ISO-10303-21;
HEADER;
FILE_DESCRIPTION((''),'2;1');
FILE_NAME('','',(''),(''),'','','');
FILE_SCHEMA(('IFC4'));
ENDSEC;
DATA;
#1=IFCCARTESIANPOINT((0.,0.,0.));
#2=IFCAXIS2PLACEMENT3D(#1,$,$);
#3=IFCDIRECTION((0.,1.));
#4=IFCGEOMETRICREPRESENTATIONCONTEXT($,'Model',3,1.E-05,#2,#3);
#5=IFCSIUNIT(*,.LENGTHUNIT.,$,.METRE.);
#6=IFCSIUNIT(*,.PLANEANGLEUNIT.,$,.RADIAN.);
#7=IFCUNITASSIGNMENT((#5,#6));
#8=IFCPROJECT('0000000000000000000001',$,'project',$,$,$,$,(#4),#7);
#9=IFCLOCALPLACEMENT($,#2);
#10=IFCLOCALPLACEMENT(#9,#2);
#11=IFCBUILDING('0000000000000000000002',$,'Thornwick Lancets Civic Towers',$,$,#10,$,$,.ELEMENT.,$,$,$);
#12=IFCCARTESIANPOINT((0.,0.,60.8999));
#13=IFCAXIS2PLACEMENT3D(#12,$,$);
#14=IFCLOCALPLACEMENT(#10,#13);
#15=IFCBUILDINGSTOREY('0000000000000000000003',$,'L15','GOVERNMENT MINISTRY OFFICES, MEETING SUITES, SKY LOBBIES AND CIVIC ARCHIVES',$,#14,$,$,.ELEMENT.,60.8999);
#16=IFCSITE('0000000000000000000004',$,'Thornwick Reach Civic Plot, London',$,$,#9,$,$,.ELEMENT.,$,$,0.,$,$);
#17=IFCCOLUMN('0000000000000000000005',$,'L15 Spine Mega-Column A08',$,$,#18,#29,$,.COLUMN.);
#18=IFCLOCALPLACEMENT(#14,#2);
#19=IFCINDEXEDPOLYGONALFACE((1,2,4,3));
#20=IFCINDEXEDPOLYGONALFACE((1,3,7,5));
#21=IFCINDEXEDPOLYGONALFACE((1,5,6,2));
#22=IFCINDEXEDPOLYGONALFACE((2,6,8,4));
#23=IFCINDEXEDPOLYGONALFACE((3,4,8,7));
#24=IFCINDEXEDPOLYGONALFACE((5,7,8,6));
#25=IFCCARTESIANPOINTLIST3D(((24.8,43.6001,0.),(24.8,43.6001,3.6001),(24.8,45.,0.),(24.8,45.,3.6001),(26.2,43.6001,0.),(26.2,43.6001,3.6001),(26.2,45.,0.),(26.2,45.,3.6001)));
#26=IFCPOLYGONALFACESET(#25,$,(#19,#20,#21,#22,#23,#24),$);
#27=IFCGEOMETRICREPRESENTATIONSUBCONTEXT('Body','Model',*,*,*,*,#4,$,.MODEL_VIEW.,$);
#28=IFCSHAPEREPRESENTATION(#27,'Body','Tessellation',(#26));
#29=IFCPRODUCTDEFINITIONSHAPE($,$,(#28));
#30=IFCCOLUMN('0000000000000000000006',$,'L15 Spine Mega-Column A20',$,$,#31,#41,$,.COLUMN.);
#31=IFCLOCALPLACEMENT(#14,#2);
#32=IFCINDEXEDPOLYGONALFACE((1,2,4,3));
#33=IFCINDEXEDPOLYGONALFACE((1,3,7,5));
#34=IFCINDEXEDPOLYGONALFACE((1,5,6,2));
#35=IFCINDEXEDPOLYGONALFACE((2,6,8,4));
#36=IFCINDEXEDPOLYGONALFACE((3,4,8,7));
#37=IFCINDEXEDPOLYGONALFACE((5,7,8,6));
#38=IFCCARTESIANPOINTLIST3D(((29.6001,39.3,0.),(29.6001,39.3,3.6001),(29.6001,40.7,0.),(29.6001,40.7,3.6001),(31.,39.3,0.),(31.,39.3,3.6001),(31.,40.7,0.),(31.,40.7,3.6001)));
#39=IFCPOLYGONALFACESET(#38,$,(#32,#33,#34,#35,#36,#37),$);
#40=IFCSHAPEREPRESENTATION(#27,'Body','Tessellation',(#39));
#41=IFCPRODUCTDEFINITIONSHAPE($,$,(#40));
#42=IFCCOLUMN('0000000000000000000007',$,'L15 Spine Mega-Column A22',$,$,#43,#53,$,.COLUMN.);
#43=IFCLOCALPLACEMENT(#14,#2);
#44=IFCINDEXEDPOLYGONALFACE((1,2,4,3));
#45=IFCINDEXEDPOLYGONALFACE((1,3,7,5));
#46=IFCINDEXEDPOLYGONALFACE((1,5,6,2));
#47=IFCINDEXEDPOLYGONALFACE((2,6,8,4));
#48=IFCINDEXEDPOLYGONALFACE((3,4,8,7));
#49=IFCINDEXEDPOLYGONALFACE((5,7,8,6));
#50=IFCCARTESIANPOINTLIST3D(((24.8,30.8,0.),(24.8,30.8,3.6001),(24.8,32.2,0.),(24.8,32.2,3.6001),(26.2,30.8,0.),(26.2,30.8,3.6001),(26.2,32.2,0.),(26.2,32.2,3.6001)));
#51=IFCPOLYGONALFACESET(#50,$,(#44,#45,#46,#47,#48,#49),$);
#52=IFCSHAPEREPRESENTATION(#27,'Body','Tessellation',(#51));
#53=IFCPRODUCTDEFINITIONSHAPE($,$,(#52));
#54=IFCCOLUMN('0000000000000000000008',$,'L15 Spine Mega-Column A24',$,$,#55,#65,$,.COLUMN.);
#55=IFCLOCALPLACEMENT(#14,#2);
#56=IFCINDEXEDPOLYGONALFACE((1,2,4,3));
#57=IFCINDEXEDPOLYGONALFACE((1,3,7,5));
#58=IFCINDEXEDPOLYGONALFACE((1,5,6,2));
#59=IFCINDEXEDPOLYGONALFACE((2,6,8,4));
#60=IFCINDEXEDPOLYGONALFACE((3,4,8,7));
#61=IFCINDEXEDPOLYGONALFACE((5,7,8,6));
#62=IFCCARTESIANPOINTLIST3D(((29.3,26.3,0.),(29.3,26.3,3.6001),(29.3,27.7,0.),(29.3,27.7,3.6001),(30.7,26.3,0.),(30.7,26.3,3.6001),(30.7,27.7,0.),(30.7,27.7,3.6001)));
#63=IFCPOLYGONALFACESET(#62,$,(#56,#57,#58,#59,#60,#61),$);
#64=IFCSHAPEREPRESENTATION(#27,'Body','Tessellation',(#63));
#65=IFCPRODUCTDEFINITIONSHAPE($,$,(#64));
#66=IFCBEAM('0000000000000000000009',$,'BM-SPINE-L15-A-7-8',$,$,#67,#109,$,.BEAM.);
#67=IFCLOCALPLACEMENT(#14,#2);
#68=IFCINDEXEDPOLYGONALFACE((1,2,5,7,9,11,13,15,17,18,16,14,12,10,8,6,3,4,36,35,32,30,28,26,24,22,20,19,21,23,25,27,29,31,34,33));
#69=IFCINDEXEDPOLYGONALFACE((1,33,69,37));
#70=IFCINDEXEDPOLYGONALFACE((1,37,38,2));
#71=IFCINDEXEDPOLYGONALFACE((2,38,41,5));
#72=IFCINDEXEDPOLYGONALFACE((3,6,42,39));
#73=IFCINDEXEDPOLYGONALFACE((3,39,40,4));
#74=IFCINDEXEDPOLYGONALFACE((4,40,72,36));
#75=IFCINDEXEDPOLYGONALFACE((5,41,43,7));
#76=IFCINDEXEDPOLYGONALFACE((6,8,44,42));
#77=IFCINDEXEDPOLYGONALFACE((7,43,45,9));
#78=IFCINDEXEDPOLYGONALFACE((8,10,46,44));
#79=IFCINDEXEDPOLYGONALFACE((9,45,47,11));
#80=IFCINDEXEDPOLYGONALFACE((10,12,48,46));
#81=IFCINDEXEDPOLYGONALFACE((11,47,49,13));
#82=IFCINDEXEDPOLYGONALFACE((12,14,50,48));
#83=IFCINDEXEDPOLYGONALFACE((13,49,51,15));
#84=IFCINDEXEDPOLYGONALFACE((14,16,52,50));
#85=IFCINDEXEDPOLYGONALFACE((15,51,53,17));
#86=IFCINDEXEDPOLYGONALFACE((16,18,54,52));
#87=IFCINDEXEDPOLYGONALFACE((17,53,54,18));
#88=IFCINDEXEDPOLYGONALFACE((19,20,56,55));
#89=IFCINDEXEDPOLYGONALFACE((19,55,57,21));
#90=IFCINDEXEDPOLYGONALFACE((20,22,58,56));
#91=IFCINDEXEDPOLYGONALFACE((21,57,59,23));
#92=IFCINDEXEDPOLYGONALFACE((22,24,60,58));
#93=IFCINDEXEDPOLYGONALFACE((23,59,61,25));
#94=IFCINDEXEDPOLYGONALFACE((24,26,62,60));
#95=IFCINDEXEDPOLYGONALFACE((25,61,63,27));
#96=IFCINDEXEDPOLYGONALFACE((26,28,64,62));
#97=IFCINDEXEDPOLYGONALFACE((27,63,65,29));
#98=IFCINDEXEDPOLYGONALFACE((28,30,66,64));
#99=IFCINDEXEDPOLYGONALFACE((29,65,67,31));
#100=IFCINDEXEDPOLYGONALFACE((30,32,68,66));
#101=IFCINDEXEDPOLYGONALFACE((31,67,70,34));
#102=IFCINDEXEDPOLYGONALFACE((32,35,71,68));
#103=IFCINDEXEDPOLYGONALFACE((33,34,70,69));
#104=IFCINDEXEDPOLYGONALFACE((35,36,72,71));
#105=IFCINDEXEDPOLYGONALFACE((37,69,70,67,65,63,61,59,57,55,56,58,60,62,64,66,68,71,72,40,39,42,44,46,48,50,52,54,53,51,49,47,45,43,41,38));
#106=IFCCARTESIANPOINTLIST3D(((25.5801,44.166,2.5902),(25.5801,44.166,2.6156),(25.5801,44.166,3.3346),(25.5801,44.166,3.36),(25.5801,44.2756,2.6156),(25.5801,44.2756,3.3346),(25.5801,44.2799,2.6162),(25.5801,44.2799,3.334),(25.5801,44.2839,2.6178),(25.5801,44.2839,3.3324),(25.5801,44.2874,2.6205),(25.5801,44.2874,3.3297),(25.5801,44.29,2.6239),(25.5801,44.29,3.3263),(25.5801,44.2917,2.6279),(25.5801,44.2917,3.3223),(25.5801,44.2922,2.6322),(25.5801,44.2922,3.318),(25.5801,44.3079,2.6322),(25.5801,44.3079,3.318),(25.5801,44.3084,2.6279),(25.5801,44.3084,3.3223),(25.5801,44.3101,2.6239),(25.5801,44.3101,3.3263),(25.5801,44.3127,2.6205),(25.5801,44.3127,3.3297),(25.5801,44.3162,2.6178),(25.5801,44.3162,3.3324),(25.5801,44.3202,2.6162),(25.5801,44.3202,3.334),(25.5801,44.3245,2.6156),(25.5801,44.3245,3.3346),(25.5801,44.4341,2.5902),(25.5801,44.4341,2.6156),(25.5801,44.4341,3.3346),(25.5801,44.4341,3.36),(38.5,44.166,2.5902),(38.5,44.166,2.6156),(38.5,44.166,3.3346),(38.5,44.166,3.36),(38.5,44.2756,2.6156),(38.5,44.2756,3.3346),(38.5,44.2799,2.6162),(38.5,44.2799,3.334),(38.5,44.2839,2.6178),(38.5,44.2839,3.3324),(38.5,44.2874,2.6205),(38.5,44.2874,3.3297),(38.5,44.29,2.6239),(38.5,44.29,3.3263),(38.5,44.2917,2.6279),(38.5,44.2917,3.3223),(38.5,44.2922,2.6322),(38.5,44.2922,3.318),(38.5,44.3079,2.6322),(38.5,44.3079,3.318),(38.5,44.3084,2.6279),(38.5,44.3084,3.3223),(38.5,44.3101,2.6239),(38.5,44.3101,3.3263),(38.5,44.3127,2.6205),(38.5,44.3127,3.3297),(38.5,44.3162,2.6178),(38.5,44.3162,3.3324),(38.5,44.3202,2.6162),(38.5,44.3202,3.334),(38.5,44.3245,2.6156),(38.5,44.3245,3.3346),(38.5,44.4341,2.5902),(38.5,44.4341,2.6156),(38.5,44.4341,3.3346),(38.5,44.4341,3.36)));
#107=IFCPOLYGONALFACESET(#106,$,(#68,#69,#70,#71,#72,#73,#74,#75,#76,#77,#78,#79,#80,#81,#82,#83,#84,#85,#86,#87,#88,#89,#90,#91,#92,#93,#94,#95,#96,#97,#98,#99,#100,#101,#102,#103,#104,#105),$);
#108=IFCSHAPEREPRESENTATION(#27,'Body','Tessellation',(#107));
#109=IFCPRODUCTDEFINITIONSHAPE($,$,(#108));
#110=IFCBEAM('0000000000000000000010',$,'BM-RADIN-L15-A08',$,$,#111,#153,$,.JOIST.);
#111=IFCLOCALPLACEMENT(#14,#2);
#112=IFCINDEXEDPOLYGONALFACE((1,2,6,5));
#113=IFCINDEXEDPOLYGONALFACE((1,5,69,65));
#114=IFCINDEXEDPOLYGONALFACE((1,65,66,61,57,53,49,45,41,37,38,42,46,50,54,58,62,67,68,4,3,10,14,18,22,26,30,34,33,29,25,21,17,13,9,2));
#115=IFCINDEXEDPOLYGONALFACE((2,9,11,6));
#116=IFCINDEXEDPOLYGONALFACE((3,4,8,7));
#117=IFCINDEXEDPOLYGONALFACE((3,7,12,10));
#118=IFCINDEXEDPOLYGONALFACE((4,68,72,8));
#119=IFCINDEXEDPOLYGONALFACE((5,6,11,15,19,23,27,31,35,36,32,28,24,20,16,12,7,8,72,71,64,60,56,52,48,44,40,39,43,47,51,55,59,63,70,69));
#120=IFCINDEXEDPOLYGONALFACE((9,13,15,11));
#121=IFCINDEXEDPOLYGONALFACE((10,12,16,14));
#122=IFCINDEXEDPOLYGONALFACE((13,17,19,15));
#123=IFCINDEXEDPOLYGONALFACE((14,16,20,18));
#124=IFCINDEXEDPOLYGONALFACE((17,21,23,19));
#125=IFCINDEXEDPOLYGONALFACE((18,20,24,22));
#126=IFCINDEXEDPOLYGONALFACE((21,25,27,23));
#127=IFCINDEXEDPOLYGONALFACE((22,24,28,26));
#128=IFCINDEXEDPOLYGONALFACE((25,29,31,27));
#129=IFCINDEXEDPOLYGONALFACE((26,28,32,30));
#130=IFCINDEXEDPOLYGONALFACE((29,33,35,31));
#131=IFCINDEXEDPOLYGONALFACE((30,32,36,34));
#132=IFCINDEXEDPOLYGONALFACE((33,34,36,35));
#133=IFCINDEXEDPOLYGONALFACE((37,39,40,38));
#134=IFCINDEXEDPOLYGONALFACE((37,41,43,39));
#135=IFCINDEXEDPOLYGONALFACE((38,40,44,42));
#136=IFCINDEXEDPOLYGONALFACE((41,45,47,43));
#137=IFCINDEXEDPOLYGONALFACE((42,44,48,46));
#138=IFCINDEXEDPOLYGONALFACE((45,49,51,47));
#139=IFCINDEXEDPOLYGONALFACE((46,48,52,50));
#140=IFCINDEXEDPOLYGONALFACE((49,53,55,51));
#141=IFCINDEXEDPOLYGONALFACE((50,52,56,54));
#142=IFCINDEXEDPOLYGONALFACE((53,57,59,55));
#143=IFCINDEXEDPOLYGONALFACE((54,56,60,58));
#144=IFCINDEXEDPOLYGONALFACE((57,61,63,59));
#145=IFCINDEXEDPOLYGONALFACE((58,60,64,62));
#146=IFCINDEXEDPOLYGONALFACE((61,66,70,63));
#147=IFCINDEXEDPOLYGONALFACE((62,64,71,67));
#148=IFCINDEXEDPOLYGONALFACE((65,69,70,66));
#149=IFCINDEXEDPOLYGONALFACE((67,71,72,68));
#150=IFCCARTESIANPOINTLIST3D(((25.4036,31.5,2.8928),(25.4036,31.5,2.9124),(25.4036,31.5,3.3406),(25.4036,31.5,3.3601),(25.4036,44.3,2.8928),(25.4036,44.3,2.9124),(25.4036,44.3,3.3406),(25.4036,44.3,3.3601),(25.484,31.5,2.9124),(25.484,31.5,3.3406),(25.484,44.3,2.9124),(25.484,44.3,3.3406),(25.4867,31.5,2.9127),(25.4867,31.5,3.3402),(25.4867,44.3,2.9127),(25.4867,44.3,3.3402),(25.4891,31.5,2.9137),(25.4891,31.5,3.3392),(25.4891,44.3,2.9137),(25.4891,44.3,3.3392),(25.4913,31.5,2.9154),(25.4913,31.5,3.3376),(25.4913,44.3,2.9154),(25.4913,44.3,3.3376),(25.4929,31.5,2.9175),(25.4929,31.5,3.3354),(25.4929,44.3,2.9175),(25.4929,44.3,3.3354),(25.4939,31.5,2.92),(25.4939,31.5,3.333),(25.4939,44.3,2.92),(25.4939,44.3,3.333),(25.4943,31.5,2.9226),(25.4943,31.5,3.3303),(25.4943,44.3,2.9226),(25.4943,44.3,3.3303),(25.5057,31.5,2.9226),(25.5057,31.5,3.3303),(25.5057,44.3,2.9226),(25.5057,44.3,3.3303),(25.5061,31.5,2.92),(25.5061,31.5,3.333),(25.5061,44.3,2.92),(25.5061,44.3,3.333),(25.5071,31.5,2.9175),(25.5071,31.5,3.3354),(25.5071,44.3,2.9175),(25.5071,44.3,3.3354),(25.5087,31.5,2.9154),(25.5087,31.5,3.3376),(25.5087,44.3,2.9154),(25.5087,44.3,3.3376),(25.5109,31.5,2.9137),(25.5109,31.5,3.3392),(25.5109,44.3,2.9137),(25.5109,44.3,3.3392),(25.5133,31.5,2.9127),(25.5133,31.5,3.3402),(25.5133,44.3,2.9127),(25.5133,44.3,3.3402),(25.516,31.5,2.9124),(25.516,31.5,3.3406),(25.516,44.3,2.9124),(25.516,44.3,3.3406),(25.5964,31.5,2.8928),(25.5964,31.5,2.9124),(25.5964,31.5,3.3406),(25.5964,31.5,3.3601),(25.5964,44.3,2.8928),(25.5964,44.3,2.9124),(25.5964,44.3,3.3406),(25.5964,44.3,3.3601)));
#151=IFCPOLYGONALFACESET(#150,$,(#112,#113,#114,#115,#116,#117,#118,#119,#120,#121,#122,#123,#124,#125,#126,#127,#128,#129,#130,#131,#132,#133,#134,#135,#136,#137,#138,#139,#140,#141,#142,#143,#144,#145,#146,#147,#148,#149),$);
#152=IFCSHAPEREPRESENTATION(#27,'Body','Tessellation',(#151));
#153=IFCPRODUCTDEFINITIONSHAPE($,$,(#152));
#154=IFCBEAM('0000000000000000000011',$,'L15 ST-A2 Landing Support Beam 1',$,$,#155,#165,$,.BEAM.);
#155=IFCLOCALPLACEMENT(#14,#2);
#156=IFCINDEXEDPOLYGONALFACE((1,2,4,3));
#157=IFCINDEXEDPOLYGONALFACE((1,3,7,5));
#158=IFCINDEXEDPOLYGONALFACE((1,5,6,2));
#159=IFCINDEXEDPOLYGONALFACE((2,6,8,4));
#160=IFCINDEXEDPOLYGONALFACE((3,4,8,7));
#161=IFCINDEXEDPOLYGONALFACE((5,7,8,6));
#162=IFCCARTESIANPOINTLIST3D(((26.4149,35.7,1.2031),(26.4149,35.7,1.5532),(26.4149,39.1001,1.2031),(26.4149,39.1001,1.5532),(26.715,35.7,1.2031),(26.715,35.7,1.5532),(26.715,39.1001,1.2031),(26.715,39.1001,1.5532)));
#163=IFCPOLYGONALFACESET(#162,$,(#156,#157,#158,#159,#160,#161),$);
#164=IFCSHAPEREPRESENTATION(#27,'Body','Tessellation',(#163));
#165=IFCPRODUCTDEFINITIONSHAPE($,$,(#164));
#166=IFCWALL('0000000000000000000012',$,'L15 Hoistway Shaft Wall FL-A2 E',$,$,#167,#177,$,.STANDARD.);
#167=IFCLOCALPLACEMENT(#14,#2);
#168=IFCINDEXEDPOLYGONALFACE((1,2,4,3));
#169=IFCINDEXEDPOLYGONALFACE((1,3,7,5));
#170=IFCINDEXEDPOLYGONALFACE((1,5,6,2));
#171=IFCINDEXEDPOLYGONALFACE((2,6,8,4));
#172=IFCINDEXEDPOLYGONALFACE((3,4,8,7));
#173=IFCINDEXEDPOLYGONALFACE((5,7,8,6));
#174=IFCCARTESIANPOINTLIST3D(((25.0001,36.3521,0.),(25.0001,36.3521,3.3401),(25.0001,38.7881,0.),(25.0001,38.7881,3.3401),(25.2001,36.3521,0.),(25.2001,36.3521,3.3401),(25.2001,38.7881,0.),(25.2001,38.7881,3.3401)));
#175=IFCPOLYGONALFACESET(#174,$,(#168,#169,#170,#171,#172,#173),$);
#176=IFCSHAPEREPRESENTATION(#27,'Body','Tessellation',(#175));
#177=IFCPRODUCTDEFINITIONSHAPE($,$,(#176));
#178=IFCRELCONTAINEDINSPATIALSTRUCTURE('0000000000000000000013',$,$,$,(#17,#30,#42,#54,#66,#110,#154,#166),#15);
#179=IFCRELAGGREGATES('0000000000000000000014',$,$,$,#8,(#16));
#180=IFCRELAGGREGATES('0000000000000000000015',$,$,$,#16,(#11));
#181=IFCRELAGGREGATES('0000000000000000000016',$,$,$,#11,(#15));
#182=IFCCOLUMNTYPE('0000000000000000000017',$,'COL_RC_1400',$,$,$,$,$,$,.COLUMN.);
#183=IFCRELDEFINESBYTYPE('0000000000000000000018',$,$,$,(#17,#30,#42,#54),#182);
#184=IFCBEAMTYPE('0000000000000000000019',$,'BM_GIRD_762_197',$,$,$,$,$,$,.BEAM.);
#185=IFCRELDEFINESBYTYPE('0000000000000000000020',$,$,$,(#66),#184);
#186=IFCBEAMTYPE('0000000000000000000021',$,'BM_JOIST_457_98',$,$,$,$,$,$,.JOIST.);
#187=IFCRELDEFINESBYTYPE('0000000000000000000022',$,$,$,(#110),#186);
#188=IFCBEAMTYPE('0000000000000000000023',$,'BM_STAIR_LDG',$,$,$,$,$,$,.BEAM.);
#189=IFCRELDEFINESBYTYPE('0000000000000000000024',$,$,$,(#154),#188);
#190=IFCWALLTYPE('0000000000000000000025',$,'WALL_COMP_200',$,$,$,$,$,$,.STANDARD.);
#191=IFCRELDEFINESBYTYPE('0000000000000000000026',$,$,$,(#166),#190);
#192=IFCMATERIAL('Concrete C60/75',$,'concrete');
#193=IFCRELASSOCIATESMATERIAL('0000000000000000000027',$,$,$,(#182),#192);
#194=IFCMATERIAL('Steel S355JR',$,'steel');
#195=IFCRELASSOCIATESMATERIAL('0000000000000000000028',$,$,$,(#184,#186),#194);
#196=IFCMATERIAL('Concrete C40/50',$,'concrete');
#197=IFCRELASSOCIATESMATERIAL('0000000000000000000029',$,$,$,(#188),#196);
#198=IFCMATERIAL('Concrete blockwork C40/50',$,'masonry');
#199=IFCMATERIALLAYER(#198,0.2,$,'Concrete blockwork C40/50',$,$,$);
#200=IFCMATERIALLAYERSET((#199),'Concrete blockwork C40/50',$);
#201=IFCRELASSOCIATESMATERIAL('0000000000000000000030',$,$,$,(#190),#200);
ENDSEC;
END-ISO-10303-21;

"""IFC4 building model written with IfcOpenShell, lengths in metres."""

from ifc_helpers import new_model, si_unit, direction, frame, frame_2d, origin, origin_2d, place, context, subcontext, project, spatial, rectangle, i_section, extrude, material, layer, layer_set, material_profile, profile_set, type_object, element, save


model = new_model("IFC4")

# Units and contexts
model_context = context("Model", 3, precision=1e-05, world=origin(), true_north=direction((0.0, 1.0)))
body_context = subcontext(model_context, "Body", "Model", "MODEL_VIEW")
ifc_project = project(units=[si_unit("LENGTHUNIT", "METRE"), si_unit("PLANEANGLEUNIT", "RADIAN")], contexts=[model_context])

# Site, building, storey
site_placement = place(None, origin())
site = spatial("IfcSite", under=ifc_project, at=site_placement, Name="Thornwick Reach Civic Plot, London", CompositionType="ELEMENT", RefElevation=0.0)
building_placement = place(site_placement, origin())
building = spatial("IfcBuilding", under=site, at=building_placement, Name="Thornwick Lancets Civic Towers", CompositionType="ELEMENT")
storey_placement = place(building_placement, frame((0.0, 0.0, 60.8999)))
storey = spatial("IfcBuildingStorey", under=building, at=storey_placement, Name="L15", Description="GOVERNMENT MINISTRY OFFICES, MEETING SUITES, SKY LOBBIES AND CIVIC ARCHIVES", CompositionType="ELEMENT", Elevation=60.8999)

# Columns
ifc_material_1 = material(Name="Concrete C60/75", Category="concrete")
ifc_material_profile_1 = material_profile(ifc_material_1, rectangle(XDim=1.3999, YDim=1.3999, at=origin_2d()), Name="RC 1400x1400")
ifc_profile_set_1 = profile_set([ifc_material_profile_1], Name="Concrete C60/75")
column_type = type_object("IfcColumnType", Name="COL_RC_1400", PredefinedType="COLUMN", material=ifc_profile_set_1)
for number, where, z_axis, x_axis, name in (
    (1, (25.5, 44.3, 0.0), (0.0, 0.0, 1.0), (1.0, 0.0, 0.0), "L15 Spine Mega-Column A08"),
    (2, (30.3, 40.0, 0.0), (0.0, 0.0, 1.0), (1.0, 0.0, 0.0), "L15 Spine Mega-Column A20"),
    (3, (25.5, 31.5, 0.0), (0.0, 0.0, 1.0), (1.0, 0.0, 0.0), "L15 Spine Mega-Column A22"),
    (4, (30.0, 27.0, 0.0), (0.0, 0.0, 1.0), (1.0, 0.0, 0.0), "L15 Spine Mega-Column A24"),
):
    element("IfcColumn", number, at=place(storey_placement, frame(where, z_axis=z_axis, x_axis=x_axis)), inside=storey, type_object=column_type, Name=name, PredefinedType="COLUMN", context=body_context, shape_type="SweptSolid", body=[
        extrude(rectangle(XDim=1.3999, YDim=1.3999, at=origin_2d()), origin(), (0.0, 0.0, 1.0), 3.6001),
    ])

# Beams
ifc_material_2 = material(Name="Steel S355JR", Category="steel")
ifc_material_profile_2 = material_profile(ifc_material_2, i_section(OverallWidth=0.2681, OverallDepth=0.7698, WebThickness=0.0156, FlangeThickness=0.0254, FilletRadius=0.0166, at=origin_2d()), Name="UKB 762x267x197")
ifc_profile_set_2 = profile_set([ifc_material_profile_2], Name="Steel S355JR")
beam_type_1 = type_object("IfcBeamType", Name="BM_GIRD_762_197", PredefinedType="BEAM", material=ifc_profile_set_2)
beam_1_placement = place(storey_placement, frame((25.5801, 44.3, 2.9751), z_axis=(1.0, 0.0, 0.0), x_axis=(0.0, 1.0, 0.0)))
element("IfcBeam", 5, at=beam_1_placement, inside=storey, type_object=beam_type_1, Name="BM-SPINE-L15-A-7-8", PredefinedType="BEAM", context=body_context, shape_type="SweptSolid", body=[
    extrude(i_section(OverallWidth=0.2681, OverallDepth=0.7698, WebThickness=0.0156, FlangeThickness=0.0254, FilletRadius=0.0166, at=origin_2d()), origin(), (0.0, 0.0, 1.0), 12.9199),
])
ifc_material_profile_3 = material_profile(ifc_material_2, i_section(OverallWidth=0.1929, OverallDepth=0.4673, WebThickness=0.0115, FlangeThickness=0.0195, FilletRadius=0.0103, at=origin_2d()), Name="UKB 457x191x98")
ifc_profile_set_3 = profile_set([ifc_material_profile_3], Name="Steel S355JR")
beam_type_2 = type_object("IfcBeamType", Name="BM_JOIST_457_98", PredefinedType="JOIST", material=ifc_profile_set_3)
beam_2_placement = place(storey_placement, frame((25.5, 31.5, 3.1265), z_axis=(0.0, 1.0, 0.0), x_axis=(-1.0, 0.0, 0.0)))
element("IfcBeam", 6, at=beam_2_placement, inside=storey, type_object=beam_type_2, Name="BM-RADIN-L15-A08", PredefinedType="JOIST", context=body_context, shape_type="SweptSolid", body=[
    extrude(i_section(OverallWidth=0.1929, OverallDepth=0.4673, WebThickness=0.0115, FlangeThickness=0.0195, FilletRadius=0.0103, at=origin_2d()), origin(), (0.0, 0.0, 1.0), 12.8),
])
ifc_material_3 = material(Name="Concrete C40/50", Category="concrete")
ifc_material_profile_4 = material_profile(ifc_material_3, rectangle(XDim=0.3, YDim=0.3501, at=origin_2d()), Name="RC 300x350")
ifc_profile_set_4 = profile_set([ifc_material_profile_4], Name="Concrete C40/50")
beam_type_3 = type_object("IfcBeamType", Name="BM_STAIR_LDG", PredefinedType="BEAM", material=ifc_profile_set_4)
beam_3_placement = place(storey_placement, frame((26.5649, 39.1001, 1.3782), z_axis=(0.0, -1.0, 0.0), x_axis=(1.0, 0.0, 0.0)))
element("IfcBeam", 7, at=beam_3_placement, inside=storey, type_object=beam_type_3, Name="L15 ST-A2 Landing Support Beam 1", PredefinedType="BEAM", context=body_context, shape_type="SweptSolid", body=[
    extrude(rectangle(XDim=0.3, YDim=0.3501, at=origin_2d()), origin(), (0.0, 0.0, 1.0), 3.4001),
])

# Wall
ifc_material_4 = material(Name="Concrete blockwork C40/50", Category="masonry")
ifc_layer_1 = layer(ifc_material_4, 0.2, Name="Concrete blockwork C40/50")
ifc_layer_set_1 = layer_set([ifc_layer_1], Name="Concrete blockwork C40/50")
wall_type_1 = type_object("IfcWallType", Name="WALL_COMP_200", PredefinedType="STANDARD", material=ifc_layer_set_1)
wall_1_placement = place(storey_placement, frame((25.1001, 36.3521, 0.0), z_axis=(0.0, 0.0, 1.0), x_axis=(0.0, 1.0, 0.0)))
element("IfcWall", 8, at=wall_1_placement, inside=storey, type_object=wall_type_1, Name="L15 Hoistway Shaft Wall FL-A2 E", PredefinedType="STANDARD", context=body_context, shape_type="SweptSolid", body=[
    extrude(rectangle(XDim=2.436, YDim=0.2, at=frame_2d((1.218, 0.0))), origin(), (0.0, 0.0, 1.0), 3.3401),
])

save(model, "model.ifc")
